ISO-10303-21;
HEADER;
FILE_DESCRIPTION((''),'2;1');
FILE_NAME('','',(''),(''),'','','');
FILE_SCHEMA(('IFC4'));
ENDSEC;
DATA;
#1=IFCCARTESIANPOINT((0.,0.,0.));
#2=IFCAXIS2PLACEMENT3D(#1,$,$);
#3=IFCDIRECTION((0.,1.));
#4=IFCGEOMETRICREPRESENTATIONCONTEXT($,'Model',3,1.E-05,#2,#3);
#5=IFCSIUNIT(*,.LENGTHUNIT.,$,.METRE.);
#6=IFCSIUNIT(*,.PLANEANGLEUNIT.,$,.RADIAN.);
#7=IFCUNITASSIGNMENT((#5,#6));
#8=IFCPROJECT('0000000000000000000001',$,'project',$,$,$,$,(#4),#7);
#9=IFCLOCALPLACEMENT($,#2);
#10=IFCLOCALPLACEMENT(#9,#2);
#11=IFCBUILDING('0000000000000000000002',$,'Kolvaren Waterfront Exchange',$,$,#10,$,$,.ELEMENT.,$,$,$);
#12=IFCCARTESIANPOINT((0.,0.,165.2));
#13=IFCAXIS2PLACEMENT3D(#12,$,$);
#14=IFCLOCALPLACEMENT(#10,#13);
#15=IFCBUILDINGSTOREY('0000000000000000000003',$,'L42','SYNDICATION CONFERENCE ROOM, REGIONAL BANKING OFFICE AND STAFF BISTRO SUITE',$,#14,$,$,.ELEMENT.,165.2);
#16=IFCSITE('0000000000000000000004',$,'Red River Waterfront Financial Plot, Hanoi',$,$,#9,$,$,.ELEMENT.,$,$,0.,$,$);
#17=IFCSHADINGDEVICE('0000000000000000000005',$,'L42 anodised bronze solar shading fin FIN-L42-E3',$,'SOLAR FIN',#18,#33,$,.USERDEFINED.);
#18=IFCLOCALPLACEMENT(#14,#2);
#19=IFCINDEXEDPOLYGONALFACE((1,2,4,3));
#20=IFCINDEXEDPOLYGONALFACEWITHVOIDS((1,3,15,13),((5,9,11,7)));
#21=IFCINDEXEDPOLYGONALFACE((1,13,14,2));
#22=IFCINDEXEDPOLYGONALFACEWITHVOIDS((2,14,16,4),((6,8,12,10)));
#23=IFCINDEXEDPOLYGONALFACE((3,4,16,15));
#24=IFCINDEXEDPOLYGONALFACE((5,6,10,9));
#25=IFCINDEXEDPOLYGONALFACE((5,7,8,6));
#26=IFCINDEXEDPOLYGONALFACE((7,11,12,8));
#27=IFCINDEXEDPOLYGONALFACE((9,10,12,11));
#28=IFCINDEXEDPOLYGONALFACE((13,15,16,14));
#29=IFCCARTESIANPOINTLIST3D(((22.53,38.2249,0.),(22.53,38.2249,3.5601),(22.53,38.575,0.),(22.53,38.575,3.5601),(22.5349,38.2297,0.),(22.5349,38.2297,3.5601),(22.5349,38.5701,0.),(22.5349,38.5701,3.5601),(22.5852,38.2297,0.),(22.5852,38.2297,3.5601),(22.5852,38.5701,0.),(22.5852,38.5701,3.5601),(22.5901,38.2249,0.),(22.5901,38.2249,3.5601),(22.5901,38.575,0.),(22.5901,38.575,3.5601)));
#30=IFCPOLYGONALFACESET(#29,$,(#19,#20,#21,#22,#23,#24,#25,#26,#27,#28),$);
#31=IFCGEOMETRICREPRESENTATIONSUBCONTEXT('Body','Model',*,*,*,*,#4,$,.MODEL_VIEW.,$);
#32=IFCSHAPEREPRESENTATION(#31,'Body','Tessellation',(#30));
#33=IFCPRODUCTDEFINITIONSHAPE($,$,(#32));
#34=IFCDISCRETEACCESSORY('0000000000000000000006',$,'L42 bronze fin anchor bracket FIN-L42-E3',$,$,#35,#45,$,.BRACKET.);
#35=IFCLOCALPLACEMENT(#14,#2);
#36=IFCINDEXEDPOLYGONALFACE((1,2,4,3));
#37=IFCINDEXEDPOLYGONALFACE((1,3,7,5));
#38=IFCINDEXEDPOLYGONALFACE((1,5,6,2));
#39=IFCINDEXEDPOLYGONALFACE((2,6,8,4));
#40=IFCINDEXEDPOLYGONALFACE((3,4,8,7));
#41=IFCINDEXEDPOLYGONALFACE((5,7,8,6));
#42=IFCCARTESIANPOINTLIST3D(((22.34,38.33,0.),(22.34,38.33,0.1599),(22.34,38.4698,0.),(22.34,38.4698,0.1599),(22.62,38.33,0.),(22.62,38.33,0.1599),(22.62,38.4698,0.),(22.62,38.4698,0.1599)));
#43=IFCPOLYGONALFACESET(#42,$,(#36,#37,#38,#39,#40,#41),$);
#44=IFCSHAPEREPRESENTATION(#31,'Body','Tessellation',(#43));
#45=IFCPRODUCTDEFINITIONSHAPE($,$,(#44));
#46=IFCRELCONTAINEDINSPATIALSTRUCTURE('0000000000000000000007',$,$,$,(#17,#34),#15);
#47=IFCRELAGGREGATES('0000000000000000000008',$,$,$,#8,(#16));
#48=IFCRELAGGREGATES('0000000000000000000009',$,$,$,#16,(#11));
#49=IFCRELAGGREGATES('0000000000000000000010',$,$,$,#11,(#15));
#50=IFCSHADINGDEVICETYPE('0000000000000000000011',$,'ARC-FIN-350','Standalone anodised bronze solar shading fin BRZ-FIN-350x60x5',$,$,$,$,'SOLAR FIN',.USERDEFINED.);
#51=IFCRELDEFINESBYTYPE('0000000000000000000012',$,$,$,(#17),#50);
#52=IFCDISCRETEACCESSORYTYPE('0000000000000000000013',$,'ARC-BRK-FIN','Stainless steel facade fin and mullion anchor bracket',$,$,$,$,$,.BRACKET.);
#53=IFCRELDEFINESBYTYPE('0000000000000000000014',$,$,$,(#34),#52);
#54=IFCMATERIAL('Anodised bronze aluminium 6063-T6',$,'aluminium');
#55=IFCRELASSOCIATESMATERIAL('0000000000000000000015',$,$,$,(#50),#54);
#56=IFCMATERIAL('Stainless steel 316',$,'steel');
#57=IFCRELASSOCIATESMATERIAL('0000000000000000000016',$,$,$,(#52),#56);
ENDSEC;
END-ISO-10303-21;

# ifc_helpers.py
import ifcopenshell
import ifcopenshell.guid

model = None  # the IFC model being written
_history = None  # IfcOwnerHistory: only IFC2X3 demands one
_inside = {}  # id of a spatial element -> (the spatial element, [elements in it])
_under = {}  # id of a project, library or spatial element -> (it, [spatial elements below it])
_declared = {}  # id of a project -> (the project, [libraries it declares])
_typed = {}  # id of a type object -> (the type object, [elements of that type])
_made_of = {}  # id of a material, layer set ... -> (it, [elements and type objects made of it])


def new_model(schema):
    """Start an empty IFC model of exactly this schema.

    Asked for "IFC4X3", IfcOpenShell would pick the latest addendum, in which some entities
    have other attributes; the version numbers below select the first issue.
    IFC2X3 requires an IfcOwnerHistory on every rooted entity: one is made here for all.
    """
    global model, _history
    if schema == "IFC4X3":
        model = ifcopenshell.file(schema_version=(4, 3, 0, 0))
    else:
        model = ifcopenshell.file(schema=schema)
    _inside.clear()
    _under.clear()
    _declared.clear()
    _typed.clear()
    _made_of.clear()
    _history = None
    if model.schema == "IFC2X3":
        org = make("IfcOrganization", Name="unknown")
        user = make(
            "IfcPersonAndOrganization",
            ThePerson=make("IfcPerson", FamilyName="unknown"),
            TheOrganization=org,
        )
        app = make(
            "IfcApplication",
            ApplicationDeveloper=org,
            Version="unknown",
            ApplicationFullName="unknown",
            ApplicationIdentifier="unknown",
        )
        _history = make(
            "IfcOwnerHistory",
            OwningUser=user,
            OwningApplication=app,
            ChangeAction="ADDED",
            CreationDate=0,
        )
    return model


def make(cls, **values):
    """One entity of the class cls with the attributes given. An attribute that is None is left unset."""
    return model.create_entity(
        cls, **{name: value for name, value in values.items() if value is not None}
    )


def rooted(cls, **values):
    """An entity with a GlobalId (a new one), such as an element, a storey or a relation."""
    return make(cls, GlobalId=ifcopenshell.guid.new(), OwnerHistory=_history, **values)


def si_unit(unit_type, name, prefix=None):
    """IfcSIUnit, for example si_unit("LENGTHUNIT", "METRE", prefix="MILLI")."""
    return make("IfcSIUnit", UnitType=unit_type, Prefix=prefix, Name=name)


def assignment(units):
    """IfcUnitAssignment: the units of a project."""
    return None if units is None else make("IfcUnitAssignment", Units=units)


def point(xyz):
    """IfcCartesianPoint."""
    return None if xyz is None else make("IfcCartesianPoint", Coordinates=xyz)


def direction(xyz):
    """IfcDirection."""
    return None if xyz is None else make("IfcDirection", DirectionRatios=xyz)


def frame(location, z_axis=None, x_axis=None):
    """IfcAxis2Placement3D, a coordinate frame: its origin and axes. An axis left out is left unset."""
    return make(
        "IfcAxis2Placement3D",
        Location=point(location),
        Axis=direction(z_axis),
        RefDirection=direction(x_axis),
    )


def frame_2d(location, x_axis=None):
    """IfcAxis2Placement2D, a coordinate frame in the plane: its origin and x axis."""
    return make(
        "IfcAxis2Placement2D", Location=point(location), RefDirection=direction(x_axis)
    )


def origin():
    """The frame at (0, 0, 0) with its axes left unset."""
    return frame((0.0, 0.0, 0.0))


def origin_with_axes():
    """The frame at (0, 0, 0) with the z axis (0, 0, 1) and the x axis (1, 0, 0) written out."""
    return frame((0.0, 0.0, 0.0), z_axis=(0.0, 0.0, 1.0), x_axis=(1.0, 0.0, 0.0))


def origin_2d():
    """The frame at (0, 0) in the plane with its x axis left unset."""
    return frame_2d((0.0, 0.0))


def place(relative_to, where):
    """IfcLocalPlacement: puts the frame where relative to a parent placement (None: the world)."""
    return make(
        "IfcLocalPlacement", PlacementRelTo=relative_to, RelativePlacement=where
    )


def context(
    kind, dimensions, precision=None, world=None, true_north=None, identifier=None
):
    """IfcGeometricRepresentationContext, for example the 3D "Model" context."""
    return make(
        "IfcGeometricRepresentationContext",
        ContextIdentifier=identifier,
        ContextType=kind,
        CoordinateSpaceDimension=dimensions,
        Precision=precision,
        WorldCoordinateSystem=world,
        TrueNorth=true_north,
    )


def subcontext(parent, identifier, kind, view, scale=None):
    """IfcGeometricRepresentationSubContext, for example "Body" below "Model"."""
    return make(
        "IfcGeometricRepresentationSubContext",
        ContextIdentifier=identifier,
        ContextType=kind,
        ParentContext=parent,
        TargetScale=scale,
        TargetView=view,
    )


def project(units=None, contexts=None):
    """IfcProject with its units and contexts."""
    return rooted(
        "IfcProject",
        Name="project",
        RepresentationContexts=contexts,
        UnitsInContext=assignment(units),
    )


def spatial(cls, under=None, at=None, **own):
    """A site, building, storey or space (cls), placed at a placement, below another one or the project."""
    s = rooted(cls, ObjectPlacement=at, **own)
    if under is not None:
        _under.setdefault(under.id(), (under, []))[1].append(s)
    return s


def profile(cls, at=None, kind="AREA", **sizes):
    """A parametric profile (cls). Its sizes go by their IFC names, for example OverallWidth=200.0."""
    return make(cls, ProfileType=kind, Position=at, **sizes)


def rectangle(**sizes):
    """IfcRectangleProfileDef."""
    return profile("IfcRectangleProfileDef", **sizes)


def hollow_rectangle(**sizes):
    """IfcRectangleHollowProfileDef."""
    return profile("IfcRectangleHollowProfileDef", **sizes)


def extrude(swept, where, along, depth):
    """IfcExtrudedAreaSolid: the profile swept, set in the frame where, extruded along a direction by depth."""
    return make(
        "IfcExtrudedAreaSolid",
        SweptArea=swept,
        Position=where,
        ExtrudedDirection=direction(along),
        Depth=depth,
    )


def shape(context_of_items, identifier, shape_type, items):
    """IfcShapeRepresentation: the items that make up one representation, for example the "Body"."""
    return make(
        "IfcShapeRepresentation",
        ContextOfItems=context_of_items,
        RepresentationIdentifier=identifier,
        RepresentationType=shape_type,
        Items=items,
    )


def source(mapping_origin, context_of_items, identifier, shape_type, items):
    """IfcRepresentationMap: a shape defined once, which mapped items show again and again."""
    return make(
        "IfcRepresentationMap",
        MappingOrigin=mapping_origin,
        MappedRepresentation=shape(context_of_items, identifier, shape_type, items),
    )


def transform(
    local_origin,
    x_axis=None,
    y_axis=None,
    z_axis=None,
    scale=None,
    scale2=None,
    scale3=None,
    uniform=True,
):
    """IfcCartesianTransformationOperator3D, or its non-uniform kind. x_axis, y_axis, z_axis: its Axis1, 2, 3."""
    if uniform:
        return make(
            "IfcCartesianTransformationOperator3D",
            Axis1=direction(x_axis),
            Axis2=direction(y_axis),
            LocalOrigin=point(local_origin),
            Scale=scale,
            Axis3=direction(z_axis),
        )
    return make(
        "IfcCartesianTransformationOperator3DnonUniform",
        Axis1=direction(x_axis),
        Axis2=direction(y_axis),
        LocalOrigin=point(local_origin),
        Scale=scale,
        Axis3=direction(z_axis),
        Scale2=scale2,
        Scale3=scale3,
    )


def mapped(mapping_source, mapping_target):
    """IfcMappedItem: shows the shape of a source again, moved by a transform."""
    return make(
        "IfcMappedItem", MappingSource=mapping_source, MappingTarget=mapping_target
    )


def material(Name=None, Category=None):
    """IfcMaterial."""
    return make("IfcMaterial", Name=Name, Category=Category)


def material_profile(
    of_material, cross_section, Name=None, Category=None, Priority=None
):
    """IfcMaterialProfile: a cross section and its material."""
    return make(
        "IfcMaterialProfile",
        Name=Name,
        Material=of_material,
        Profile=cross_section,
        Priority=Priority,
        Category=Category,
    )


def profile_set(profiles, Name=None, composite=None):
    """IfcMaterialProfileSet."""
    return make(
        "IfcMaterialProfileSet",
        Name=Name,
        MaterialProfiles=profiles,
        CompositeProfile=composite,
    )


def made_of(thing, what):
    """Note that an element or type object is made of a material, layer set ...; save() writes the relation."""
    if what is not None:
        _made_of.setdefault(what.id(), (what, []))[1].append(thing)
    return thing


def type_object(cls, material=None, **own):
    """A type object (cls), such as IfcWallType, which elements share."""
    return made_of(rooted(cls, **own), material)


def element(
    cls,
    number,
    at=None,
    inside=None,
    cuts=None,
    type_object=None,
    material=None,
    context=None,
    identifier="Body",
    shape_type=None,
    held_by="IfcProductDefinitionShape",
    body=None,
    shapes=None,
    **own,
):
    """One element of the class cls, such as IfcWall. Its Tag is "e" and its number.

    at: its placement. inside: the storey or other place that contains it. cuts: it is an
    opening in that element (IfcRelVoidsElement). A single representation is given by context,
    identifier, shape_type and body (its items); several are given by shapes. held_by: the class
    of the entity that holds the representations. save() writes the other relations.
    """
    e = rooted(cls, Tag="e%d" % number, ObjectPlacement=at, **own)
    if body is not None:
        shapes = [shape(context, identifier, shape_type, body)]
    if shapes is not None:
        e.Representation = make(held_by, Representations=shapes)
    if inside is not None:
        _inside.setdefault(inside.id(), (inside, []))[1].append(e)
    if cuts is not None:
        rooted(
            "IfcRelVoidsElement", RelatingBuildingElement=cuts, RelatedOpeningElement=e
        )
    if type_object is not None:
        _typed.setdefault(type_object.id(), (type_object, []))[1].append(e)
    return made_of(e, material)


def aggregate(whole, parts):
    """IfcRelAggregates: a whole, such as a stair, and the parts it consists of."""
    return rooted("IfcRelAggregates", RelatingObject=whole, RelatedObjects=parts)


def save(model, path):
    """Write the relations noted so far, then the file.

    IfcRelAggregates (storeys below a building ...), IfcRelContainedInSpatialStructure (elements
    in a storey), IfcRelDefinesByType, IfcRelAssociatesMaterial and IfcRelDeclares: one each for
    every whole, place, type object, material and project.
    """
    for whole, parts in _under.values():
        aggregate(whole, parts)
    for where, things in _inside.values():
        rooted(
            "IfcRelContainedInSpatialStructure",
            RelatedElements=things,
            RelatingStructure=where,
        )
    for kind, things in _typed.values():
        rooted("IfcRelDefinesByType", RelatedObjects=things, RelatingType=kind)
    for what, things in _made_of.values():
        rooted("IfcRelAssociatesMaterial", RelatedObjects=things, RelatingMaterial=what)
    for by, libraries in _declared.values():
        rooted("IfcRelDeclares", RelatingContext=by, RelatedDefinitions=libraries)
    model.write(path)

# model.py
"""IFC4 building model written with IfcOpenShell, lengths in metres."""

from ifc_helpers import new_model, si_unit, direction, frame, origin, origin_with_axes, origin_2d, place, context, subcontext, project, spatial, rectangle, hollow_rectangle, extrude, source, transform, mapped, material, material_profile, profile_set, type_object, element, save


model = new_model("IFC4")

# Units and contexts
model_context = context("Model", 3, precision=1e-05, world=origin(), true_north=direction((0.0, 1.0)))
body_context = subcontext(model_context, "Body", "Model", "MODEL_VIEW")
ifc_project = project(units=[si_unit("LENGTHUNIT", "METRE"), si_unit("PLANEANGLEUNIT", "RADIAN")], contexts=[model_context])

# Site, building, storey
site_placement = place(None, origin())
site = spatial("IfcSite", under=ifc_project, at=site_placement, Name="Red River Waterfront Financial Plot, Hanoi", CompositionType="ELEMENT", RefElevation=0.0)
building_placement = place(site_placement, origin())
building = spatial("IfcBuilding", under=site, at=building_placement, Name="Kolvaren Waterfront Exchange", CompositionType="ELEMENT")
storey_placement = place(building_placement, frame((0.0, 0.0, 165.2)))
storey = spatial("IfcBuildingStorey", under=building, at=storey_placement, Name="L42", Description="SYNDICATION CONFERENCE ROOM, REGIONAL BANKING OFFICE AND STAFF BISTRO SUITE", CompositionType="ELEMENT", Elevation=165.2)

# Shared definitions
ifc_material_1 = material(Name="Anodised bronze aluminium 6063-T6", Category="aluminium")

# Shading device
ifc_material_profile_1 = material_profile(ifc_material_1, hollow_rectangle(XDim=0.0601, YDim=0.3501, WallThickness=0.0049, at=origin_2d()), Name="BRZ-FIN-350x60x5")
ifc_profile_set_1 = profile_set([ifc_material_profile_1], Name="Anodised bronze aluminium 6063-T6")
shading_device_type = type_object("IfcShadingDeviceType", Name="ARC-FIN-350", Description="Standalone anodised bronze solar shading fin BRZ-FIN-350x60x5", ElementType="SOLAR FIN", PredefinedType="USERDEFINED", material=ifc_profile_set_1)
shading_device_placement = place(storey_placement, frame((22.5601, 38.3999, 0.0), z_axis=(0.0, 0.0, 1.0), x_axis=(1.0, 0.0, 0.0)))
element("IfcShadingDevice", 1, at=shading_device_placement, inside=storey, type_object=shading_device_type, Name="L42 anodised bronze solar shading fin FIN-L42-E3", ObjectType="SOLAR FIN", PredefinedType="USERDEFINED", context=body_context, shape_type="SweptSolid", body=[
    extrude(hollow_rectangle(XDim=0.0601, YDim=0.3501, WallThickness=0.0049, at=origin_2d()), origin(), (0.0, 0.0, 1.0), 3.5601),
])

# Discrete accessory
ifc_material_2 = material(Name="Stainless steel 316", Category="steel")
discrete_accessory_type = type_object("IfcDiscreteAccessoryType", Name="ARC-BRK-FIN", Description="Stainless steel facade fin and mullion anchor bracket", PredefinedType="BRACKET", material=ifc_material_2)
shared_shape_1 = source(origin_with_axes(), body_context, "Body", "SweptSolid", [
    extrude(rectangle(XDim=0.28, YDim=0.1399, at=origin_2d()), origin(), (0.0, 0.0, 1.0), 0.1599),
])
discrete_accessory_placement = place(storey_placement, frame((22.48, 38.3999, 0.0), z_axis=(0.0, 0.0, 1.0), x_axis=(1.0, 0.0, 0.0)))
element("IfcDiscreteAccessory", 2, at=discrete_accessory_placement, inside=storey, type_object=discrete_accessory_type, Name="L42 bronze fin anchor bracket FIN-L42-E3", PredefinedType="BRACKET", context=body_context, shape_type="MappedRepresentation", body=[
    mapped(shared_shape_1, transform((0.0, 0.0, 0.0), x_axis=(1.0, 0.0, 0.0), y_axis=(0.0, 1.0, 0.0), z_axis=(0.0, 0.0, 1.0), scale=1.0)),
])

save(model, "model.ifc")
